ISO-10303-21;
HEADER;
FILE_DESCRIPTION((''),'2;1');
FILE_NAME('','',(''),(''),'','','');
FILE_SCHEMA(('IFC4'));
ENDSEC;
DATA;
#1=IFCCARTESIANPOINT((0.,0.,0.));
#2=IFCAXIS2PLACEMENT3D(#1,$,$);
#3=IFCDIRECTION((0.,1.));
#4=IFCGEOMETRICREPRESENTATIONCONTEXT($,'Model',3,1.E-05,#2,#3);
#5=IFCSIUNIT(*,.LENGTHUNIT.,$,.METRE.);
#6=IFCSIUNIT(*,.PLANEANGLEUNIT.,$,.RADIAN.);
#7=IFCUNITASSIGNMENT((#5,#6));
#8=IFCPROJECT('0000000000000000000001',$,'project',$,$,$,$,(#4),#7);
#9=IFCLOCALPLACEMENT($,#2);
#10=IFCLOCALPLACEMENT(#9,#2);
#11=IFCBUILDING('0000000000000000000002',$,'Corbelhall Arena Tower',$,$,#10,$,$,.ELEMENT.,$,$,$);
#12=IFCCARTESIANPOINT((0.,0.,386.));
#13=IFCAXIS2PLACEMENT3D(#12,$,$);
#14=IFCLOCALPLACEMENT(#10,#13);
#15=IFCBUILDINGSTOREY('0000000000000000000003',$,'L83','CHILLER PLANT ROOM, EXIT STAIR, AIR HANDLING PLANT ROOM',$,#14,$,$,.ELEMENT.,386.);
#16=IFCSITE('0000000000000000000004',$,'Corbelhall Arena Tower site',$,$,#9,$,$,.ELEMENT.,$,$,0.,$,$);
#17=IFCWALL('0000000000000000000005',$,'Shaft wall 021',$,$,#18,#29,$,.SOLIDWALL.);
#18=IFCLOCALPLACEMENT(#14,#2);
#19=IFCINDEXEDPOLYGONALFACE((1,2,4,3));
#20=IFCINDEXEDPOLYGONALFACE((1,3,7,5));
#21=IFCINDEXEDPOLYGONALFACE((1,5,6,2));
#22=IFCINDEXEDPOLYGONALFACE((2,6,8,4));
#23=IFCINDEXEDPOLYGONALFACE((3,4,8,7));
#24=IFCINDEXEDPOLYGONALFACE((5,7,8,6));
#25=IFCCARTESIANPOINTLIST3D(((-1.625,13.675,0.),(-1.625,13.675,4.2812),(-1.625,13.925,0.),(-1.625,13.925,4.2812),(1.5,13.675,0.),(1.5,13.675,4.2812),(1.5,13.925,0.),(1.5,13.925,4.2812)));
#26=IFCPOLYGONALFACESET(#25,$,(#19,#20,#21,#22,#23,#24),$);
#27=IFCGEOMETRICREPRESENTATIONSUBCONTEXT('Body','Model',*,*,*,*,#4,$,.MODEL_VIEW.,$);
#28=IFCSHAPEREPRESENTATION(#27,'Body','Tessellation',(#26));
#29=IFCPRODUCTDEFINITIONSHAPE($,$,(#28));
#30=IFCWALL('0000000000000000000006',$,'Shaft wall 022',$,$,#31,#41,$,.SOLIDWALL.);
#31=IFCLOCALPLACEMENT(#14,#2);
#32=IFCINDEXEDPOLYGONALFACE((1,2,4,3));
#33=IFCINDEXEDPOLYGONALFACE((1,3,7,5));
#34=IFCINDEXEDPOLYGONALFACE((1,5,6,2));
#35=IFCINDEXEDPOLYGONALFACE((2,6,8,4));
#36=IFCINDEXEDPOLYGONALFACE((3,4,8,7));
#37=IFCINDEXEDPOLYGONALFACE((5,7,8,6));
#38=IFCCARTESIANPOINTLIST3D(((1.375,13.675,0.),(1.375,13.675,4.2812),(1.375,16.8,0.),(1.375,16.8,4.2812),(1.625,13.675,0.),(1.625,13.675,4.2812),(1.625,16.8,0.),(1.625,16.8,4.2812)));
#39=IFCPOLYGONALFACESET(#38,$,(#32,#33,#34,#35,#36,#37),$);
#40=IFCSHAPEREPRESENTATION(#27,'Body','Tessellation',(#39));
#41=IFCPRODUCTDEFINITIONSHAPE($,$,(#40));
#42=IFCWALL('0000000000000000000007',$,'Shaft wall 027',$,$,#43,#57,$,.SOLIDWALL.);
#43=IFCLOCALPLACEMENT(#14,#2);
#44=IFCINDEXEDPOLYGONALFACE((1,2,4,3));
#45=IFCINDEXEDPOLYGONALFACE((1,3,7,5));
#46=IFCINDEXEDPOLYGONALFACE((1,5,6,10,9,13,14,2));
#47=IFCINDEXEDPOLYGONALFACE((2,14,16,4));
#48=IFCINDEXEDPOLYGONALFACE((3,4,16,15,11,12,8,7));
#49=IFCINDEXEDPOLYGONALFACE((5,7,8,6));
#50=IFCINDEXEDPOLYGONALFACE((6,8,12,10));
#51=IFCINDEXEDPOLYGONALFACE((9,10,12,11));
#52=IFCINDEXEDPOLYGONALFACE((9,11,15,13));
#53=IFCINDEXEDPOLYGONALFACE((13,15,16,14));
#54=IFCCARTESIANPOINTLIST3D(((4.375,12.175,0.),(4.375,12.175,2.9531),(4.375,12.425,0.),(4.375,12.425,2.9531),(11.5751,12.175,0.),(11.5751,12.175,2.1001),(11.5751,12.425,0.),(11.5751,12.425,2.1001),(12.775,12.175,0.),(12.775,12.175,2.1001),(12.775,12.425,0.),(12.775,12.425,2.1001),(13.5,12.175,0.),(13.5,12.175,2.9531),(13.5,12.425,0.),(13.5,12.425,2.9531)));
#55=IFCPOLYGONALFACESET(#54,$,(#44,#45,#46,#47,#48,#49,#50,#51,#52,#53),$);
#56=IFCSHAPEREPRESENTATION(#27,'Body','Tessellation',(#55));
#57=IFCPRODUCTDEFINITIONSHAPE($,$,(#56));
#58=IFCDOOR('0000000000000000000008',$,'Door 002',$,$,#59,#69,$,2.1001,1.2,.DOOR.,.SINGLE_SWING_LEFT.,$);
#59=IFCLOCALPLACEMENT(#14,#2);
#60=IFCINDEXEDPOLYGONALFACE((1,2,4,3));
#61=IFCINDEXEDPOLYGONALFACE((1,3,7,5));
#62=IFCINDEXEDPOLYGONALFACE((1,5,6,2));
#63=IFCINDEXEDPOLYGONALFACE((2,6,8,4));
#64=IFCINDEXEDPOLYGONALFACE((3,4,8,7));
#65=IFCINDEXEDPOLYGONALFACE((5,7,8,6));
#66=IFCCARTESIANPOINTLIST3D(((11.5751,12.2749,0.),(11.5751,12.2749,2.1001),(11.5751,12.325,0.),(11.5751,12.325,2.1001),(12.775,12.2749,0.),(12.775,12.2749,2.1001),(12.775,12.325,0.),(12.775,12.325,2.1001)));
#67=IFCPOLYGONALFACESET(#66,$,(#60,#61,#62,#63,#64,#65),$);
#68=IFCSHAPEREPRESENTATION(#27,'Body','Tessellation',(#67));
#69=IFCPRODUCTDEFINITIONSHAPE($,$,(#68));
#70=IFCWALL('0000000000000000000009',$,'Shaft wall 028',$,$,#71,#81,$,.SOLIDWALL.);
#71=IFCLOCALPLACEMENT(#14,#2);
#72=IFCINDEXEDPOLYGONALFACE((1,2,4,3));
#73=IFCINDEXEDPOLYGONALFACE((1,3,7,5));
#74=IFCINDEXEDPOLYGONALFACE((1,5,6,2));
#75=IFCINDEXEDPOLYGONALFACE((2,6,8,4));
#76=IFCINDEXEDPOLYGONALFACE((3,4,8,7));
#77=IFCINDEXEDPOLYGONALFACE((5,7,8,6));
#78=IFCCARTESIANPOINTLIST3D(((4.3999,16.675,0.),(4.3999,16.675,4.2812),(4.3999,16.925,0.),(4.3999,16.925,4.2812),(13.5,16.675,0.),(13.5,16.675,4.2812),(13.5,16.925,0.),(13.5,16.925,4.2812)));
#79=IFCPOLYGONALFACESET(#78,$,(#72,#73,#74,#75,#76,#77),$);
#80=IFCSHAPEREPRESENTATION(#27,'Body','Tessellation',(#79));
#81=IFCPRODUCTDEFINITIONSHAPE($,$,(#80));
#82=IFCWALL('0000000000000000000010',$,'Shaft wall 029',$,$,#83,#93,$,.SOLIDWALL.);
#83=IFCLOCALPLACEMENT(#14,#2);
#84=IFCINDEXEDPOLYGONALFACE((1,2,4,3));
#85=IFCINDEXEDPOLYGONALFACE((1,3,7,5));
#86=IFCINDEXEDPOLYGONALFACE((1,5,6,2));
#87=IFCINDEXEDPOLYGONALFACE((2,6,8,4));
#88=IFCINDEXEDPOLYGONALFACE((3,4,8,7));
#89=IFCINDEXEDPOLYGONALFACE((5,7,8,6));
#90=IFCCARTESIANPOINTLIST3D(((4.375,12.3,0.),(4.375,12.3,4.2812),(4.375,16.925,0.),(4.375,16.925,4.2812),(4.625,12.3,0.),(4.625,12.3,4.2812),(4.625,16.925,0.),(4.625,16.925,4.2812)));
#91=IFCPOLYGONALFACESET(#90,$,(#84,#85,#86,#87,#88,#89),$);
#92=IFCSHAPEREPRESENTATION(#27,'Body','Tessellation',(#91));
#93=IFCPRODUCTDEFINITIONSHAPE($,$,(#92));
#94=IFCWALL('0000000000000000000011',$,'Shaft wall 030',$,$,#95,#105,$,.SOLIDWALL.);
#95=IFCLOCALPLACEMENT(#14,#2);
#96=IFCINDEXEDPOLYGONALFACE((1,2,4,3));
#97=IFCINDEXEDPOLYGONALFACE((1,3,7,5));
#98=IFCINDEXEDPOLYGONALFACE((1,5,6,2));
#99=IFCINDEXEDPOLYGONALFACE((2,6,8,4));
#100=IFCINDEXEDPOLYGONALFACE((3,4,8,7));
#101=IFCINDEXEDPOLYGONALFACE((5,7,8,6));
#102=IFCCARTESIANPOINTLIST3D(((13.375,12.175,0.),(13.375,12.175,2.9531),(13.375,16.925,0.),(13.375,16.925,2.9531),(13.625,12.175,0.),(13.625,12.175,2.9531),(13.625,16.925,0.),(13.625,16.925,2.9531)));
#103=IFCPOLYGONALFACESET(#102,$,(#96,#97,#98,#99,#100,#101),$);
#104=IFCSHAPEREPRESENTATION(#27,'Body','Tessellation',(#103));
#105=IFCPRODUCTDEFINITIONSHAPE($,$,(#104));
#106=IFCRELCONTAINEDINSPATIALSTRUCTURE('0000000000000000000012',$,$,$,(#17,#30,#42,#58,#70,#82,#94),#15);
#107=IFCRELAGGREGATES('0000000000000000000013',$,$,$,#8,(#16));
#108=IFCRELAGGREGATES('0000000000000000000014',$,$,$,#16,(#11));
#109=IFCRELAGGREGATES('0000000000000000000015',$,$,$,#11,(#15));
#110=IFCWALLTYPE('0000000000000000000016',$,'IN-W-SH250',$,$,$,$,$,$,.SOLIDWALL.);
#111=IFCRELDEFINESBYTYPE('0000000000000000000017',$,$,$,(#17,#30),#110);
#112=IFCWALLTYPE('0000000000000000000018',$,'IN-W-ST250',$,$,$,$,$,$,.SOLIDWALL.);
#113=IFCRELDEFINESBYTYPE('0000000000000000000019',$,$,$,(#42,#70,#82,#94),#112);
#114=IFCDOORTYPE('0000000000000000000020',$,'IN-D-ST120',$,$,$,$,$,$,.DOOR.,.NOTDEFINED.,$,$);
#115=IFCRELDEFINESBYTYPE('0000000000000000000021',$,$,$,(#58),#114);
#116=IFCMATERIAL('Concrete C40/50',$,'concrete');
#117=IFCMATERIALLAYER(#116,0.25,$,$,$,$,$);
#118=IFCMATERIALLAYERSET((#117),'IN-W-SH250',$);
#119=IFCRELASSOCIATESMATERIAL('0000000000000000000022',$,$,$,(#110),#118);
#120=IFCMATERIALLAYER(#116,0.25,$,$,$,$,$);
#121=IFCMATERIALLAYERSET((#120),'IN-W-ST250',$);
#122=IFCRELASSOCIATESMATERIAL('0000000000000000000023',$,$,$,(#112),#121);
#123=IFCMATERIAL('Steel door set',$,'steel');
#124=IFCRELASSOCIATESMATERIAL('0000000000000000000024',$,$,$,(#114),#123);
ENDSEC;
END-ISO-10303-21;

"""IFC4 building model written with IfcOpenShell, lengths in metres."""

from ifc_helpers import new_model, si_unit, direction, frame, frame_2d, origin, place, context, subcontext, project, spatial, rectangle, extrude, material, layer, layer_set, type_object, element, fill, save


model = new_model("IFC4")

# Units and contexts
model_context = context("Model", 3, precision=1e-05, world=origin(), true_north=direction((0.0, 1.0)))
body_context = subcontext(model_context, "Body", "Model", "MODEL_VIEW")
ifc_project = project(units=[si_unit("LENGTHUNIT", "METRE"), si_unit("PLANEANGLEUNIT", "RADIAN")], contexts=[model_context])

# Site, building, storey
site_placement = place(None, origin())
site = spatial("IfcSite", under=ifc_project, at=site_placement, Name="Corbelhall Arena Tower site", CompositionType="ELEMENT", RefElevation=0.0)
building_placement = place(site_placement, origin())
building = spatial("IfcBuilding", under=site, at=building_placement, Name="Corbelhall Arena Tower", CompositionType="ELEMENT")
storey_placement = place(building_placement, frame((0.0, 0.0, 386.0)))
storey = spatial("IfcBuildingStorey", under=building, at=storey_placement, Name="L83", Description="CHILLER PLANT ROOM, EXIT STAIR, AIR HANDLING PLANT ROOM", CompositionType="ELEMENT", Elevation=386.0)

# Shared definitions
ifc_material_1 = material(Name="Steel door set", Category="steel")

# Walls
ifc_material_2 = material(Name="Concrete C40/50", Category="concrete")
ifc_layer_1 = layer(ifc_material_2, 0.25)
ifc_layer_set_1 = layer_set([ifc_layer_1], Name="IN-W-SH250")
wall_type_1 = type_object("IfcWallType", Name="IN-W-SH250", PredefinedType="SOLIDWALL", material=ifc_layer_set_1)
for number, where, z_axis, x_axis, name in (
    (1, (1.5, 13.8, 0.0), (0.0, 0.0, 1.0), (-1.0, 0.0, 0.0), "Shaft wall 021"),
    (2, (1.5, 16.8, 0.0), (0.0, 0.0, 1.0), (0.0, -1.0, 0.0), "Shaft wall 022"),
):
    element("IfcWall", number, at=place(storey_placement, frame(where, z_axis=z_axis, x_axis=x_axis)), inside=storey, type_object=wall_type_1, Name=name, PredefinedType="SOLIDWALL", context=body_context, shape_type="SweptSolid", body=[
        extrude(rectangle(XDim=3.125, YDim=0.25, at=frame_2d((1.5625, 0.0))), origin(), (0.0, 0.0, 1.0), 4.2812),
    ])

# Wall, opening, door
ifc_layer_2 = layer(ifc_material_2, 0.25)
ifc_layer_set_2 = layer_set([ifc_layer_2], Name="IN-W-ST250")
wall_type_2 = type_object("IfcWallType", Name="IN-W-ST250", PredefinedType="SOLIDWALL", material=ifc_layer_set_2)
wall_1_placement = place(storey_placement, frame((4.375, 12.3, 0.0), z_axis=(0.0, 0.0, 1.0), x_axis=(1.0, 0.0, 0.0)))
wall_1 = element("IfcWall", 3, at=wall_1_placement, inside=storey, type_object=wall_type_2, Name="Shaft wall 027", PredefinedType="SOLIDWALL", context=body_context, shape_type="SweptSolid", body=[
    extrude(rectangle(XDim=9.125, YDim=0.25, at=frame_2d((4.5625, 0.0))), origin(), (0.0, 0.0, 1.0), 2.9531),
])
opening_1_placement = place(wall_1_placement, frame((7.2, 0.0, 0.0)))
opening_1 = element("IfcOpeningElement", 4, at=opening_1_placement, cuts=wall_1, PredefinedType="OPENING", context=body_context, shape_type="SweptSolid", body=[
    extrude(rectangle(XDim=1.2, YDim=2.1001, at=frame_2d((0.6001, 1.05))), frame((0.0, 0.125, 0.0), z_axis=(0.0, -1.0, 0.0), x_axis=(1.0, 0.0, 0.0)), (0.0, 0.0, 1.0), 0.25),
])
door_type_1 = type_object("IfcDoorType", Name="IN-D-ST120", OperationType="NOTDEFINED", PredefinedType="DOOR", material=ifc_material_1)
door_1_placement = place(opening_1_placement, origin())
door_1 = element("IfcDoor", 5, at=door_1_placement, inside=storey, type_object=door_type_1, Name="Door 002", OperationType="SINGLE_SWING_LEFT", OverallHeight=2.1001, OverallWidth=1.2, PredefinedType="DOOR", context=body_context, shape_type="SweptSolid", body=[
    extrude(rectangle(XDim=1.2, YDim=2.1001, at=frame_2d((0.6001, 1.05))), frame((0.0, 0.0249, 0.0), z_axis=(0.0, -1.0, 0.0), x_axis=(1.0, 0.0, 0.0)), (0.0, 0.0, 1.0), 0.05),
])
fill(opening_1, door_1)

# Walls
wall_2_placement = place(storey_placement, frame((4.3999, 16.8, 0.0), z_axis=(0.0, 0.0, 1.0), x_axis=(1.0, 0.0, 0.0)))
element("IfcWall", 6, at=wall_2_placement, inside=storey, type_object=wall_type_2, Name="Shaft wall 028", PredefinedType="SOLIDWALL", context=body_context, shape_type="SweptSolid", body=[
    extrude(rectangle(XDim=9.1001, YDim=0.25, at=frame_2d((4.55, 0.0))), origin(), (0.0, 0.0, 1.0), 4.2812),
])
wall_3_placement = place(storey_placement, frame((4.5, 12.3, 0.0), z_axis=(0.0, 0.0, 1.0), x_axis=(0.0, 1.0, 0.0)))
element("IfcWall", 7, at=wall_3_placement, inside=storey, type_object=wall_type_2, Name="Shaft wall 029", PredefinedType="SOLIDWALL", context=body_context, shape_type="SweptSolid", body=[
    extrude(rectangle(XDim=4.625, YDim=0.25, at=frame_2d((2.3125, 0.0))), origin(), (0.0, 0.0, 1.0), 4.2812),
])
wall_4_placement = place(storey_placement, frame((13.5, 12.175, 0.0), z_axis=(0.0, 0.0, 1.0), x_axis=(0.0, 1.0, 0.0)))
element("IfcWall", 8, at=wall_4_placement, inside=storey, type_object=wall_type_2, Name="Shaft wall 030", PredefinedType="SOLIDWALL", context=body_context, shape_type="SweptSolid", body=[
    extrude(rectangle(XDim=4.75, YDim=0.25, at=frame_2d((2.375, 0.0))), origin(), (0.0, 0.0, 1.0), 2.9531),
])

save(model, "model.ifc")
